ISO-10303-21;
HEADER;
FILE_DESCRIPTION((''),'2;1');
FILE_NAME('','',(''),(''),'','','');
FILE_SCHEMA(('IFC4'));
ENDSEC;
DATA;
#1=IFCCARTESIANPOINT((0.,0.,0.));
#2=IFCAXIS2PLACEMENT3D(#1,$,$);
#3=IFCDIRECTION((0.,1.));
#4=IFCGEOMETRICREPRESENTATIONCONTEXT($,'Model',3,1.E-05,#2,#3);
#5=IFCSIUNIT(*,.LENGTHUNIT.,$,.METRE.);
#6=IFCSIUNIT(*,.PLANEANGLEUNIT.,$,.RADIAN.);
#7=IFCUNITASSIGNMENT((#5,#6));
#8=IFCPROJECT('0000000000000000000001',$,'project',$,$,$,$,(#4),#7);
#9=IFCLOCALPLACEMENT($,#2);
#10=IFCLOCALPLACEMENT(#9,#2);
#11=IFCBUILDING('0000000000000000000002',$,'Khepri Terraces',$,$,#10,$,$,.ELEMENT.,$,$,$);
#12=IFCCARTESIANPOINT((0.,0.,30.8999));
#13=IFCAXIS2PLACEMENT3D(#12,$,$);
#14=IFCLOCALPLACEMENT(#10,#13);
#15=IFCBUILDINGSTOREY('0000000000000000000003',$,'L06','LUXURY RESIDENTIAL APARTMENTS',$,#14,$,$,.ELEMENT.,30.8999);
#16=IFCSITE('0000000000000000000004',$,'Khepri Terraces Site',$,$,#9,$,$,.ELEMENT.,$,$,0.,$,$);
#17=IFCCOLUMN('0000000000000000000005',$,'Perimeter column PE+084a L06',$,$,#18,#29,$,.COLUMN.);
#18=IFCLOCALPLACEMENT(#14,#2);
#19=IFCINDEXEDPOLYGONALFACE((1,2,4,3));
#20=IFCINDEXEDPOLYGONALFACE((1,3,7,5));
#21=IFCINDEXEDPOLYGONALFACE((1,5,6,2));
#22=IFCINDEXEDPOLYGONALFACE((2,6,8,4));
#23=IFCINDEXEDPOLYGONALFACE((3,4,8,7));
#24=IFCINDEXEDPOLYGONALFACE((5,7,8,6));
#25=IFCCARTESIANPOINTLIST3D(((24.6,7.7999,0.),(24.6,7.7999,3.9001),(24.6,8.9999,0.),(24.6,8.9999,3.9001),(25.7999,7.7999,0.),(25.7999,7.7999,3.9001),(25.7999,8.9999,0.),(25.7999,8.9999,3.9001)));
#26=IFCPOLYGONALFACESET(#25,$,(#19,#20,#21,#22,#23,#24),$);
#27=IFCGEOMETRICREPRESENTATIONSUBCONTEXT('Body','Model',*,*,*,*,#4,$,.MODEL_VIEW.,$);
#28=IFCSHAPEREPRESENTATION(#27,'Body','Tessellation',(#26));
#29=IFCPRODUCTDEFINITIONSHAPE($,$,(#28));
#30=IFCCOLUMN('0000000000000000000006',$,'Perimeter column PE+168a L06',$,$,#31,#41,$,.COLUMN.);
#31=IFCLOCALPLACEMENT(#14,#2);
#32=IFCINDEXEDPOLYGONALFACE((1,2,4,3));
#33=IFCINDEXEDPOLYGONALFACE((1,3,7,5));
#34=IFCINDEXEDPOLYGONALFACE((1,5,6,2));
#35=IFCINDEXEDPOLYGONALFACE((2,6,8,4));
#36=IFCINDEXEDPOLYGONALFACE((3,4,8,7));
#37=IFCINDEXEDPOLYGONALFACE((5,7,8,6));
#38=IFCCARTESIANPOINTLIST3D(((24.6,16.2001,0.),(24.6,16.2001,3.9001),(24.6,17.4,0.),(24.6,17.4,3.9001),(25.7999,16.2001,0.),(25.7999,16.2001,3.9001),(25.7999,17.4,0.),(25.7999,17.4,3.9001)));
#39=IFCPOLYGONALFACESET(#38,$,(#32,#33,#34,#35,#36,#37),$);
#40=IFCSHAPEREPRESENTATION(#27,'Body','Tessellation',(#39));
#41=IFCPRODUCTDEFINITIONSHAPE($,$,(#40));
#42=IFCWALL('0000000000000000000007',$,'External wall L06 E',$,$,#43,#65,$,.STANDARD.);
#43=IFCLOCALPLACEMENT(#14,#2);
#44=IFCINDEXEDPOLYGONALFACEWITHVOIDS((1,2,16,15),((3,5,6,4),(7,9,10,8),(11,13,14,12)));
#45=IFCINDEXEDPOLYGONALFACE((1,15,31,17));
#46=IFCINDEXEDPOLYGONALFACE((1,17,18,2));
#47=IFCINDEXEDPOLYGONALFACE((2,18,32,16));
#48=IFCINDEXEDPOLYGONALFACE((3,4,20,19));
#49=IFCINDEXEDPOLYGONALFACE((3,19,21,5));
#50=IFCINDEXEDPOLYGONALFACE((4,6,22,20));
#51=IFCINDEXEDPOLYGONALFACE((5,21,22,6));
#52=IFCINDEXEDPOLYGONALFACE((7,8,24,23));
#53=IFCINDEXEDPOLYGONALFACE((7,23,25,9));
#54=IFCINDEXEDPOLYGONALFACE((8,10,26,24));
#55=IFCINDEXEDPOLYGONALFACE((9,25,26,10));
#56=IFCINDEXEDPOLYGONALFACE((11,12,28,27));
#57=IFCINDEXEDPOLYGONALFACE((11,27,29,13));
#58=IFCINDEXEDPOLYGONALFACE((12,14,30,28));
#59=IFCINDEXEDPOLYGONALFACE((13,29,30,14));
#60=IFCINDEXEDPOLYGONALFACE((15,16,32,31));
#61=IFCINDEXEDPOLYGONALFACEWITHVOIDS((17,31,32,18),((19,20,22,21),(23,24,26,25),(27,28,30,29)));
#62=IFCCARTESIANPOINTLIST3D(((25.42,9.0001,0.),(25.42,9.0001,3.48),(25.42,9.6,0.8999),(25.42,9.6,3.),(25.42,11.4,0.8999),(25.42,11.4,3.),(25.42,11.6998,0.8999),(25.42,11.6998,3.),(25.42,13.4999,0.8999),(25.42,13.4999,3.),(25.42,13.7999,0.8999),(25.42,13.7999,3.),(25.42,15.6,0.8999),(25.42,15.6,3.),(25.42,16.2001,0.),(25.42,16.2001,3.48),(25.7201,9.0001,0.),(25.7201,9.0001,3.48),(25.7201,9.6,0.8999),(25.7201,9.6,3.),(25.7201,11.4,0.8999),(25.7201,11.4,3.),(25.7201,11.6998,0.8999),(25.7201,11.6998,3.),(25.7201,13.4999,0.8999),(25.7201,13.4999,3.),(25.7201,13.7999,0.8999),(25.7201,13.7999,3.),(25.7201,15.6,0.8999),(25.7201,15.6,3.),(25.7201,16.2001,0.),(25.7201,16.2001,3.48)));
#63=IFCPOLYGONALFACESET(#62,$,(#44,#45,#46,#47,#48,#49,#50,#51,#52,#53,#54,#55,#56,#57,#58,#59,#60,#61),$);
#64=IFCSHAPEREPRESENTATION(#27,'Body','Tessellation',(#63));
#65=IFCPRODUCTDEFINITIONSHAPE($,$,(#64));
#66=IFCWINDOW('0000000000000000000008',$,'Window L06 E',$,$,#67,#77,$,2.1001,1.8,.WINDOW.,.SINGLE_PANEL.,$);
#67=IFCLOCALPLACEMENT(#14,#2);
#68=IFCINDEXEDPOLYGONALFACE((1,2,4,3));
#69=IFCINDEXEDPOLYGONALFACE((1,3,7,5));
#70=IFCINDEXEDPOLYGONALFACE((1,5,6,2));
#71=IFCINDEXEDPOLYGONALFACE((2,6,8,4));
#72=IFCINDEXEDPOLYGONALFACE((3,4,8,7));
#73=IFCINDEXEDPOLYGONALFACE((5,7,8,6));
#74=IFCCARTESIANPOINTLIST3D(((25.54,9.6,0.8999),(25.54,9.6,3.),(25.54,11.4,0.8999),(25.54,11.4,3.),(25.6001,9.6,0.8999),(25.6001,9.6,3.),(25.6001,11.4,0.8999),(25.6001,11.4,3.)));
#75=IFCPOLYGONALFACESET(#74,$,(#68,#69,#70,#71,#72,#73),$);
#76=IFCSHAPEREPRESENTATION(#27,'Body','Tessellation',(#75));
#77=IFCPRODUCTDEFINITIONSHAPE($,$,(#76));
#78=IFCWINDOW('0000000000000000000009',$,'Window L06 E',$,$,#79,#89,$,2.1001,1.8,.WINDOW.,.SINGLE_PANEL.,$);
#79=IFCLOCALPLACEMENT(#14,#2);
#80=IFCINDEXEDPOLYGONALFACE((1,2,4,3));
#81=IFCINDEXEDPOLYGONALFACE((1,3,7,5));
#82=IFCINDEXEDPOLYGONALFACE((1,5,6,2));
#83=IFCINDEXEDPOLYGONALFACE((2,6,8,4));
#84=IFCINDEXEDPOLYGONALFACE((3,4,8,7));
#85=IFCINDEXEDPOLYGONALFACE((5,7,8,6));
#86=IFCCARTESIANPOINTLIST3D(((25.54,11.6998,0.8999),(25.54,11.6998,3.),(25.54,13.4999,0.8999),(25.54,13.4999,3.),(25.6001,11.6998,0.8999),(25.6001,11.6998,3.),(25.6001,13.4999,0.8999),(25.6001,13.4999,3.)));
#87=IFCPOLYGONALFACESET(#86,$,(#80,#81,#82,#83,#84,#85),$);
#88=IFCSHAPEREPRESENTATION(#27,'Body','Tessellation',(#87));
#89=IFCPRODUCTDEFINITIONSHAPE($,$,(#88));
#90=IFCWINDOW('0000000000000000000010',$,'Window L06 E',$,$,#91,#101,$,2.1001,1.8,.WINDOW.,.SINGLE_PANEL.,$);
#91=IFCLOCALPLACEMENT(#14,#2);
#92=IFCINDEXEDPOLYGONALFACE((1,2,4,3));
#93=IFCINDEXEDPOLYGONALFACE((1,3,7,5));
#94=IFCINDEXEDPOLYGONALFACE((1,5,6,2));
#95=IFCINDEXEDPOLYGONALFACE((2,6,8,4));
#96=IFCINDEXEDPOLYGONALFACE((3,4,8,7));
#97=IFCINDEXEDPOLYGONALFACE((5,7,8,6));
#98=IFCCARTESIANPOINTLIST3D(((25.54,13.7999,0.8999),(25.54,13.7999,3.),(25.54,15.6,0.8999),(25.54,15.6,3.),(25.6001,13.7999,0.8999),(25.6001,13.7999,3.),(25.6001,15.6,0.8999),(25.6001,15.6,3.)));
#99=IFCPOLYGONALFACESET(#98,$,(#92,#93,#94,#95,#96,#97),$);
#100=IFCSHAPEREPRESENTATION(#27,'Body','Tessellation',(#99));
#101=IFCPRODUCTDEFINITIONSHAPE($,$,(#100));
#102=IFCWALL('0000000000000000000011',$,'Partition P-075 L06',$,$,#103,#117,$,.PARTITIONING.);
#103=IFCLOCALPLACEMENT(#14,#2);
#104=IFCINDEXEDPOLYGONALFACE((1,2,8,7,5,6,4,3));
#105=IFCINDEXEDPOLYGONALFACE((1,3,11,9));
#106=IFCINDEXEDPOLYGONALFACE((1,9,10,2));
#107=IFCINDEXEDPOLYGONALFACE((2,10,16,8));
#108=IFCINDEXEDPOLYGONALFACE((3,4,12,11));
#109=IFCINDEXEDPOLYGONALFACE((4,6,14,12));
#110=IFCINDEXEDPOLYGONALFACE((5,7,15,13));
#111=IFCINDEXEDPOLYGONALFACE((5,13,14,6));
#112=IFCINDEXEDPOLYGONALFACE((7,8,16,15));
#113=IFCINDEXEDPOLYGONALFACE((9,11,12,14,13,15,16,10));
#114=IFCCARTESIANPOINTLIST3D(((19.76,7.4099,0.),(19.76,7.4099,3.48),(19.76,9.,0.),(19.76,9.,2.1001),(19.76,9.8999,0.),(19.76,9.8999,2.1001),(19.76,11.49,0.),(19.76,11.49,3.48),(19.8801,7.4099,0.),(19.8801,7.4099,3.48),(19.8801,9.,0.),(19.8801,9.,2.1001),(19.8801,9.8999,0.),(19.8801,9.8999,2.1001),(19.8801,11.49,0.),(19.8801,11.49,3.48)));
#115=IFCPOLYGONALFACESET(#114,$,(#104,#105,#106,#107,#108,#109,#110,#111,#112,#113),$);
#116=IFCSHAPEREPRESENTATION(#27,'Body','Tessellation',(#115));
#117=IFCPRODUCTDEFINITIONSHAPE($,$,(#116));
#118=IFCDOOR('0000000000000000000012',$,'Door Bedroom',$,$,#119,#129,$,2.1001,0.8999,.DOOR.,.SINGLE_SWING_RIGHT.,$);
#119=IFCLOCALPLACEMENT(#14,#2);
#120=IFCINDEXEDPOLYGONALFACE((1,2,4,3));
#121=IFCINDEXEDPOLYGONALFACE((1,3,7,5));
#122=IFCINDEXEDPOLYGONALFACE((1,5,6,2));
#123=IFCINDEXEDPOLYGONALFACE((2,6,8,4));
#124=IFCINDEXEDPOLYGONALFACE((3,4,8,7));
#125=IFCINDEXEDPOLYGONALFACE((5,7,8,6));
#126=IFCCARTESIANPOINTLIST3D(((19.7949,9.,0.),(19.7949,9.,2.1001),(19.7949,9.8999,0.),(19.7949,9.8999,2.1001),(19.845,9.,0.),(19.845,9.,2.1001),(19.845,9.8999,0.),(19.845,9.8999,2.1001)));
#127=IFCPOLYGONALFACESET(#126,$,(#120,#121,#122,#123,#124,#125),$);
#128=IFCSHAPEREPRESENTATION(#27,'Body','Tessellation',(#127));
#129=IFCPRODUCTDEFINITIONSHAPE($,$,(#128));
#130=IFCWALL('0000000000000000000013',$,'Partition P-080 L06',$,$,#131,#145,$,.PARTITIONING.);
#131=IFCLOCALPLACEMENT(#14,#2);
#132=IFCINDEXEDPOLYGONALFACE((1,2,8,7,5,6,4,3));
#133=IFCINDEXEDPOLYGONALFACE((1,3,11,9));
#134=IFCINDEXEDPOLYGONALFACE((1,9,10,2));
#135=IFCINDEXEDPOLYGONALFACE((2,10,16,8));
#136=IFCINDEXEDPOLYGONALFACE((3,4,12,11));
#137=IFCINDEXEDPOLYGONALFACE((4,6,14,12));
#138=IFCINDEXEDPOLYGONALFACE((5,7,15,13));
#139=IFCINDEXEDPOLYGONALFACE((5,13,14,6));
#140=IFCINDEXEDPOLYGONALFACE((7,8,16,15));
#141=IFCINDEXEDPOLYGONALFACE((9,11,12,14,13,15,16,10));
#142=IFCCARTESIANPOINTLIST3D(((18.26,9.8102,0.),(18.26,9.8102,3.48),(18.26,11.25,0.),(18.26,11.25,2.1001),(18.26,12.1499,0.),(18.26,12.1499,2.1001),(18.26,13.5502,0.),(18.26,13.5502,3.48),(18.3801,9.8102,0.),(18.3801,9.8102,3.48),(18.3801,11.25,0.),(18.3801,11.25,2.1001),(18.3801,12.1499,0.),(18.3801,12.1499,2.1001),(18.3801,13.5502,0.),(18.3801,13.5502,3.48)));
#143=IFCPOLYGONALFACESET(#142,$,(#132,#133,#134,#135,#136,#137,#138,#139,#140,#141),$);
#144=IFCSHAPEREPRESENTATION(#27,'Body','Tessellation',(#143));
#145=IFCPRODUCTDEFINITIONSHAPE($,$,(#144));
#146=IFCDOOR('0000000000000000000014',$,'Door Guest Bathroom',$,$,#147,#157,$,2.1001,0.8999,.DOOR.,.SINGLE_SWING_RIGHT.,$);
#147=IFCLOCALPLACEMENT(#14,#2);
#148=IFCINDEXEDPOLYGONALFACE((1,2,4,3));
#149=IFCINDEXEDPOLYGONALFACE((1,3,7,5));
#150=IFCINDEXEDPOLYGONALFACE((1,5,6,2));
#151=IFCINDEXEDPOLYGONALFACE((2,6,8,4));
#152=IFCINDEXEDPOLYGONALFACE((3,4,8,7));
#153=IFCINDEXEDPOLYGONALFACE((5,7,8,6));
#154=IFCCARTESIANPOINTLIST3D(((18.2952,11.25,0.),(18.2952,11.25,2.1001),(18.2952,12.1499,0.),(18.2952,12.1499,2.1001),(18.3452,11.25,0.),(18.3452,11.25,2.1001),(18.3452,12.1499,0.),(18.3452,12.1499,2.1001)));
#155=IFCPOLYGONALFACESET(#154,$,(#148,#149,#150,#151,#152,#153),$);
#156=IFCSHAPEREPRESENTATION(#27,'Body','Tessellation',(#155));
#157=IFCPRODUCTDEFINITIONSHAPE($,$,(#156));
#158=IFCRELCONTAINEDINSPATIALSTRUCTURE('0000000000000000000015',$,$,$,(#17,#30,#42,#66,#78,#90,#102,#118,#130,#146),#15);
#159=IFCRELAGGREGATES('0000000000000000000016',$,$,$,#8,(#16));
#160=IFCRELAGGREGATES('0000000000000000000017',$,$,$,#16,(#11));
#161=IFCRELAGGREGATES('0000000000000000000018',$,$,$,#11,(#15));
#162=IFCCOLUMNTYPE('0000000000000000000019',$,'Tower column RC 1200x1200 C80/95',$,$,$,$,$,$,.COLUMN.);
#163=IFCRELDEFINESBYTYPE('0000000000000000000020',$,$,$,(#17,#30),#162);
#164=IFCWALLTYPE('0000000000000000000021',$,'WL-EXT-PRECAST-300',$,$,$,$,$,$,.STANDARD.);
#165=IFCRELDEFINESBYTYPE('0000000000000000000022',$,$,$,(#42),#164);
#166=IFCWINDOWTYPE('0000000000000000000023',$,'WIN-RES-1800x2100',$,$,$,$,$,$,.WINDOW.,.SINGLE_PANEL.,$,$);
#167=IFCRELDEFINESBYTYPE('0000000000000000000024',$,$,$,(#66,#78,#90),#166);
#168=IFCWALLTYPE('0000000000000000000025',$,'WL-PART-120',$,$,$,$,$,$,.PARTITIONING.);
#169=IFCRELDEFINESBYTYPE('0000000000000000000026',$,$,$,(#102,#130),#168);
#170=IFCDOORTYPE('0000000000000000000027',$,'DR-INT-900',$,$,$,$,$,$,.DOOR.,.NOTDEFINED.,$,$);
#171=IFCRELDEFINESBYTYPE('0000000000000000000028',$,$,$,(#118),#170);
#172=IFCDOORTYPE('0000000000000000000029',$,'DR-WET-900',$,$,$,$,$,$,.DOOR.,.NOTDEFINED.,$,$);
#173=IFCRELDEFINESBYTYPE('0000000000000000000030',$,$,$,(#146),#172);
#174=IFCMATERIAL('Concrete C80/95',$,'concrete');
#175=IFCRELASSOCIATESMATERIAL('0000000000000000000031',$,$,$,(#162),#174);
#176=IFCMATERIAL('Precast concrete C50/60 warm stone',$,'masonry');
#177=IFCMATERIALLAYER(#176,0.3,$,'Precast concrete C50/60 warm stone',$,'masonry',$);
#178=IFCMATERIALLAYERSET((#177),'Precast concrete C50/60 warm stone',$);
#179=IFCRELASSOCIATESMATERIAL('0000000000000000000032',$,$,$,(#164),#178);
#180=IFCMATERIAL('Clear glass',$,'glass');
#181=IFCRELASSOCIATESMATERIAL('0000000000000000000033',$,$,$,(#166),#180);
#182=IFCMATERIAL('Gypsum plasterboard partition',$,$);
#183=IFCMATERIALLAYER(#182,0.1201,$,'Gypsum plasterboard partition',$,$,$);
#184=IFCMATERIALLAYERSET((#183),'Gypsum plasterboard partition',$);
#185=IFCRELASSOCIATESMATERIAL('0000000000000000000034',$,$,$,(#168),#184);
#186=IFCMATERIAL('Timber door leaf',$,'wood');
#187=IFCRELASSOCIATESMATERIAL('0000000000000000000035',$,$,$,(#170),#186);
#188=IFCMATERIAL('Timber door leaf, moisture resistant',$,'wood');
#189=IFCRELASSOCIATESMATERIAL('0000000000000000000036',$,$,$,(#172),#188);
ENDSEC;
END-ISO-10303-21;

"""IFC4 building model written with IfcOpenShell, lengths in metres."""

from ifc_helpers import new_model, si_unit, direction, frame, frame_2d, origin, origin_2d, place, context, subcontext, project, spatial, rectangle, extrude, material, layer, layer_set, material_profile, profile_set, type_object, element, fill, save


model = new_model("IFC4")

# Units and contexts
model_context = context("Model", 3, precision=1e-05, world=origin(), true_north=direction((0.0, 1.0)))
body_context = subcontext(model_context, "Body", "Model", "MODEL_VIEW")
ifc_project = project(units=[si_unit("LENGTHUNIT", "METRE"), si_unit("PLANEANGLEUNIT", "RADIAN")], contexts=[model_context])

# Site, building, storey
site_placement = place(None, origin())
site = spatial("IfcSite", under=ifc_project, at=site_placement, Name="Khepri Terraces Site", CompositionType="ELEMENT", RefElevation=0.0)
building_placement = place(site_placement, origin())
building = spatial("IfcBuilding", under=site, at=building_placement, Name="Khepri Terraces", CompositionType="ELEMENT")
storey_placement = place(building_placement, frame((0.0, 0.0, 30.8999)))
storey = spatial("IfcBuildingStorey", under=building, at=storey_placement, Name="L06", Description="LUXURY RESIDENTIAL APARTMENTS", CompositionType="ELEMENT", Elevation=30.8999)

# Columns
ifc_material_1 = material(Name="Concrete C80/95", Category="concrete")
ifc_material_profile = material_profile(ifc_material_1, rectangle(XDim=1.2, YDim=1.2, at=origin_2d()), Name="Concrete C80/95", Category="concrete")
ifc_profile_set = profile_set([ifc_material_profile], Name="Concrete C80/95")
column_type = type_object("IfcColumnType", Name="Tower column RC 1200x1200 C80/95", PredefinedType="COLUMN", material=ifc_profile_set)
for number, where, z_axis, x_axis, name in (
    (1, (25.2, 8.3999, 0.0), (0.0, 0.0, 1.0), (1.0, 0.0, 0.0), "Perimeter column PE+084a L06"),
    (2, (25.2, 16.8, 0.0), (0.0, 0.0, 1.0), (1.0, 0.0, 0.0), "Perimeter column PE+168a L06"),
):
    element("IfcColumn", number, at=place(storey_placement, frame(where, z_axis=z_axis, x_axis=x_axis)), inside=storey, type_object=column_type, Name=name, PredefinedType="COLUMN", context=body_context, shape_type="SweptSolid", body=[
        extrude(rectangle(XDim=1.2, YDim=1.2, at=origin_2d()), origin(), (0.0, 0.0, 1.0), 3.9001),
    ])

# Wall, openings, windows
ifc_material_2 = material(Name="Precast concrete C50/60 warm stone", Category="masonry")
ifc_layer_1 = layer(ifc_material_2, 0.3, Name="Precast concrete C50/60 warm stone", Category="masonry")
ifc_layer_set_1 = layer_set([ifc_layer_1], Name="Precast concrete C50/60 warm stone")
wall_type_1 = type_object("IfcWallType", Name="WL-EXT-PRECAST-300", PredefinedType="STANDARD", material=ifc_layer_set_1)
wall_1_placement = place(storey_placement, frame((25.5701, 9.0, 0.0), z_axis=(0.0, 0.0, 1.0), x_axis=(0.0, 1.0, 0.0)))
wall_1 = element("IfcWall", 3, at=wall_1_placement, inside=storey, type_object=wall_type_1, Name="External wall L06 E", PredefinedType="STANDARD", context=body_context, shape_type="SweptSolid", body=[
    extrude(rectangle(XDim=7.2, YDim=0.3, at=frame_2d((3.6001, 0.0))), origin(), (0.0, 0.0, 1.0), 3.48),
])
opening_1_placement = place(wall_1_placement, frame((0.6001, 0.0, 0.8999)))
opening_1 = element("IfcOpeningElement", 4, at=opening_1_placement, cuts=wall_1, PredefinedType="OPENING", context=body_context, shape_type="SweptSolid", body=[
    extrude(rectangle(XDim=1.8, YDim=2.1001, at=frame_2d((0.8999, 1.05))), frame((0.0, 0.1602, 0.0), z_axis=(0.0, -1.0, 0.0), x_axis=(1.0, 0.0, 0.0)), (0.0, 0.0, 1.0), 0.3201),
])
opening_2_placement = place(wall_1_placement, frame((2.7, 0.0, 0.8999)))
opening_2 = element("IfcOpeningElement", 5, at=opening_2_placement, cuts=wall_1, PredefinedType="OPENING", context=body_context, shape_type="SweptSolid", body=[
    extrude(rectangle(XDim=1.8, YDim=2.1001, at=frame_2d((0.8999, 1.05))), frame((0.0, 0.1602, 0.0), z_axis=(0.0, -1.0, 0.0), x_axis=(1.0, 0.0, 0.0)), (0.0, 0.0, 1.0), 0.3201),
])
opening_3_placement = place(wall_1_placement, frame((4.8, 0.0, 0.8999)))
opening_3 = element("IfcOpeningElement", 6, at=opening_3_placement, cuts=wall_1, PredefinedType="OPENING", context=body_context, shape_type="SweptSolid", body=[
    extrude(rectangle(XDim=1.8, YDim=2.1001, at=frame_2d((0.8999, 1.05))), frame((0.0, 0.1602, 0.0), z_axis=(0.0, -1.0, 0.0), x_axis=(1.0, 0.0, 0.0)), (0.0, 0.0, 1.0), 0.3201),
])
ifc_material_3 = material(Name="Clear glass", Category="glass")
window_type = type_object("IfcWindowType", Name="WIN-RES-1800x2100", PartitioningType="SINGLE_PANEL", PredefinedType="WINDOW", material=ifc_material_3)
window_1_placement = place(opening_1_placement, origin())
window_1 = element("IfcWindow", 7, at=window_1_placement, inside=storey, type_object=window_type, Name="Window L06 E", OverallHeight=2.1001, OverallWidth=1.8, PartitioningType="SINGLE_PANEL", PredefinedType="WINDOW", context=body_context, shape_type="SweptSolid", body=[
    extrude(rectangle(XDim=1.8, YDim=2.1001, at=frame_2d((0.8999, 1.05))), frame((0.0, 0.03, 0.0), z_axis=(0.0, -1.0, 0.0), x_axis=(1.0, 0.0, 0.0)), (0.0, 0.0, 1.0), 0.0601),
])
fill(opening_1, window_1)
window_2_placement = place(opening_2_placement, origin())
window_2 = element("IfcWindow", 8, at=window_2_placement, inside=storey, type_object=window_type, Name="Window L06 E", OverallHeight=2.1001, OverallWidth=1.8, PartitioningType="SINGLE_PANEL", PredefinedType="WINDOW", context=body_context, shape_type="SweptSolid", body=[
    extrude(rectangle(XDim=1.8, YDim=2.1001, at=frame_2d((0.8999, 1.05))), frame((0.0, 0.03, 0.0), z_axis=(0.0, -1.0, 0.0), x_axis=(1.0, 0.0, 0.0)), (0.0, 0.0, 1.0), 0.0601),
])
fill(opening_2, window_2)
window_3_placement = place(opening_3_placement, origin())
window_3 = element("IfcWindow", 9, at=window_3_placement, inside=storey, type_object=window_type, Name="Window L06 E", OverallHeight=2.1001, OverallWidth=1.8, PartitioningType="SINGLE_PANEL", PredefinedType="WINDOW", context=body_context, shape_type="SweptSolid", body=[
    extrude(rectangle(XDim=1.8, YDim=2.1001, at=frame_2d((0.8999, 1.05))), frame((0.0, 0.03, 0.0), z_axis=(0.0, -1.0, 0.0), x_axis=(1.0, 0.0, 0.0)), (0.0, 0.0, 1.0), 0.0601),
])
fill(opening_3, window_3)

# Walls, openings, doors
ifc_material_4 = material(Name="Gypsum plasterboard partition")
ifc_layer_2 = layer(ifc_material_4, 0.1201, Name="Gypsum plasterboard partition")
ifc_layer_set_2 = layer_set([ifc_layer_2], Name="Gypsum plasterboard partition")
wall_type_2 = type_object("IfcWallType", Name="WL-PART-120", PredefinedType="PARTITIONING", material=ifc_layer_set_2)
wall_2_placement = place(storey_placement, frame((19.8201, 7.4099, 0.0), z_axis=(0.0, 0.0, 1.0), x_axis=(0.0, 1.0, 0.0)))
wall_2 = element("IfcWall", 10, at=wall_2_placement, inside=storey, type_object=wall_type_2, Name="Partition P-075 L06", PredefinedType="PARTITIONING", context=body_context, shape_type="SweptSolid", body=[
    extrude(rectangle(XDim=4.0801, YDim=0.1201, at=frame_2d((2.04, 0.0))), origin(), (0.0, 0.0, 1.0), 3.48),
])
opening_4_placement = place(wall_2_placement, frame((1.5901, 0.0, 0.0)))
opening_4 = element("IfcOpeningElement", 11, at=opening_4_placement, cuts=wall_2, PredefinedType="OPENING", context=body_context, shape_type="SweptSolid", body=[
    extrude(rectangle(XDim=0.8999, YDim=2.1001, at=frame_2d((0.45, 1.05))), frame((0.0, 0.0701, 0.0), z_axis=(0.0, -1.0, 0.0), x_axis=(1.0, 0.0, 0.0)), (0.0, 0.0, 1.0), 0.1401),
])
ifc_material_5 = material(Name="Timber door leaf", Category="wood")
door_type_1 = type_object("IfcDoorType", Name="DR-INT-900", OperationType="NOTDEFINED", PredefinedType="DOOR", material=ifc_material_5)
door_1_placement = place(opening_4_placement, frame((0.8999, 0.0, 0.0), z_axis=(0.0, 0.0, 1.0), x_axis=(-1.0, 0.0, 0.0)))
door_1 = element("IfcDoor", 12, at=door_1_placement, inside=storey, type_object=door_type_1, Name="Door Bedroom", OperationType="SINGLE_SWING_RIGHT", OverallHeight=2.1001, OverallWidth=0.8999, PredefinedType="DOOR", context=body_context, shape_type="SweptSolid", body=[
    extrude(rectangle(XDim=0.8999, YDim=2.1001, at=frame_2d((0.45, 1.05))), frame((0.0, 0.0249, 0.0), z_axis=(0.0, -1.0, 0.0), x_axis=(1.0, 0.0, 0.0)), (0.0, 0.0, 1.0), 0.05),
])
fill(opening_4, door_1)
wall_3_placement = place(storey_placement, frame((18.3201, 9.8101, 0.0), z_axis=(0.0, 0.0, 1.0), x_axis=(0.0, 1.0, 0.0)))
wall_3 = element("IfcWall", 13, at=wall_3_placement, inside=storey, type_object=wall_type_2, Name="Partition P-080 L06", PredefinedType="PARTITIONING", context=body_context, shape_type="SweptSolid", body=[
    extrude(rectangle(XDim=3.74, YDim=0.1201, at=frame_2d((1.8701, 0.0))), origin(), (0.0, 0.0, 1.0), 3.48),
])
opening_5_placement = place(wall_3_placement, frame((1.4399, 0.0, 0.0)))
opening_5 = element("IfcOpeningElement", 14, at=opening_5_placement, cuts=wall_3, PredefinedType="OPENING", context=body_context, shape_type="SweptSolid", body=[
    extrude(rectangle(XDim=0.8999, YDim=2.1001, at=frame_2d((0.45, 1.05))), frame((0.0, 0.0701, 0.0), z_axis=(0.0, -1.0, 0.0), x_axis=(1.0, 0.0, 0.0)), (0.0, 0.0, 1.0), 0.1401),
])
ifc_material_6 = material(Name="Timber door leaf, moisture resistant", Category="wood")
door_type_2 = type_object("IfcDoorType", Name="DR-WET-900", OperationType="NOTDEFINED", PredefinedType="DOOR", material=ifc_material_6)
door_2_placement = place(opening_5_placement, origin())
door_2 = element("IfcDoor", 15, at=door_2_placement, inside=storey, type_object=door_type_2, Name="Door Guest Bathroom", OperationType="SINGLE_SWING_RIGHT", OverallHeight=2.1001, OverallWidth=0.8999, PredefinedType="DOOR", context=body_context, shape_type="SweptSolid", body=[
    extrude(rectangle(XDim=0.8999, YDim=2.1001, at=frame_2d((0.45, 1.05))), frame((0.0, 0.0249, 0.0), z_axis=(0.0, -1.0, 0.0), x_axis=(1.0, 0.0, 0.0)), (0.0, 0.0, 1.0), 0.05),
])
fill(opening_5, door_2)

save(model, "model.ifc")
